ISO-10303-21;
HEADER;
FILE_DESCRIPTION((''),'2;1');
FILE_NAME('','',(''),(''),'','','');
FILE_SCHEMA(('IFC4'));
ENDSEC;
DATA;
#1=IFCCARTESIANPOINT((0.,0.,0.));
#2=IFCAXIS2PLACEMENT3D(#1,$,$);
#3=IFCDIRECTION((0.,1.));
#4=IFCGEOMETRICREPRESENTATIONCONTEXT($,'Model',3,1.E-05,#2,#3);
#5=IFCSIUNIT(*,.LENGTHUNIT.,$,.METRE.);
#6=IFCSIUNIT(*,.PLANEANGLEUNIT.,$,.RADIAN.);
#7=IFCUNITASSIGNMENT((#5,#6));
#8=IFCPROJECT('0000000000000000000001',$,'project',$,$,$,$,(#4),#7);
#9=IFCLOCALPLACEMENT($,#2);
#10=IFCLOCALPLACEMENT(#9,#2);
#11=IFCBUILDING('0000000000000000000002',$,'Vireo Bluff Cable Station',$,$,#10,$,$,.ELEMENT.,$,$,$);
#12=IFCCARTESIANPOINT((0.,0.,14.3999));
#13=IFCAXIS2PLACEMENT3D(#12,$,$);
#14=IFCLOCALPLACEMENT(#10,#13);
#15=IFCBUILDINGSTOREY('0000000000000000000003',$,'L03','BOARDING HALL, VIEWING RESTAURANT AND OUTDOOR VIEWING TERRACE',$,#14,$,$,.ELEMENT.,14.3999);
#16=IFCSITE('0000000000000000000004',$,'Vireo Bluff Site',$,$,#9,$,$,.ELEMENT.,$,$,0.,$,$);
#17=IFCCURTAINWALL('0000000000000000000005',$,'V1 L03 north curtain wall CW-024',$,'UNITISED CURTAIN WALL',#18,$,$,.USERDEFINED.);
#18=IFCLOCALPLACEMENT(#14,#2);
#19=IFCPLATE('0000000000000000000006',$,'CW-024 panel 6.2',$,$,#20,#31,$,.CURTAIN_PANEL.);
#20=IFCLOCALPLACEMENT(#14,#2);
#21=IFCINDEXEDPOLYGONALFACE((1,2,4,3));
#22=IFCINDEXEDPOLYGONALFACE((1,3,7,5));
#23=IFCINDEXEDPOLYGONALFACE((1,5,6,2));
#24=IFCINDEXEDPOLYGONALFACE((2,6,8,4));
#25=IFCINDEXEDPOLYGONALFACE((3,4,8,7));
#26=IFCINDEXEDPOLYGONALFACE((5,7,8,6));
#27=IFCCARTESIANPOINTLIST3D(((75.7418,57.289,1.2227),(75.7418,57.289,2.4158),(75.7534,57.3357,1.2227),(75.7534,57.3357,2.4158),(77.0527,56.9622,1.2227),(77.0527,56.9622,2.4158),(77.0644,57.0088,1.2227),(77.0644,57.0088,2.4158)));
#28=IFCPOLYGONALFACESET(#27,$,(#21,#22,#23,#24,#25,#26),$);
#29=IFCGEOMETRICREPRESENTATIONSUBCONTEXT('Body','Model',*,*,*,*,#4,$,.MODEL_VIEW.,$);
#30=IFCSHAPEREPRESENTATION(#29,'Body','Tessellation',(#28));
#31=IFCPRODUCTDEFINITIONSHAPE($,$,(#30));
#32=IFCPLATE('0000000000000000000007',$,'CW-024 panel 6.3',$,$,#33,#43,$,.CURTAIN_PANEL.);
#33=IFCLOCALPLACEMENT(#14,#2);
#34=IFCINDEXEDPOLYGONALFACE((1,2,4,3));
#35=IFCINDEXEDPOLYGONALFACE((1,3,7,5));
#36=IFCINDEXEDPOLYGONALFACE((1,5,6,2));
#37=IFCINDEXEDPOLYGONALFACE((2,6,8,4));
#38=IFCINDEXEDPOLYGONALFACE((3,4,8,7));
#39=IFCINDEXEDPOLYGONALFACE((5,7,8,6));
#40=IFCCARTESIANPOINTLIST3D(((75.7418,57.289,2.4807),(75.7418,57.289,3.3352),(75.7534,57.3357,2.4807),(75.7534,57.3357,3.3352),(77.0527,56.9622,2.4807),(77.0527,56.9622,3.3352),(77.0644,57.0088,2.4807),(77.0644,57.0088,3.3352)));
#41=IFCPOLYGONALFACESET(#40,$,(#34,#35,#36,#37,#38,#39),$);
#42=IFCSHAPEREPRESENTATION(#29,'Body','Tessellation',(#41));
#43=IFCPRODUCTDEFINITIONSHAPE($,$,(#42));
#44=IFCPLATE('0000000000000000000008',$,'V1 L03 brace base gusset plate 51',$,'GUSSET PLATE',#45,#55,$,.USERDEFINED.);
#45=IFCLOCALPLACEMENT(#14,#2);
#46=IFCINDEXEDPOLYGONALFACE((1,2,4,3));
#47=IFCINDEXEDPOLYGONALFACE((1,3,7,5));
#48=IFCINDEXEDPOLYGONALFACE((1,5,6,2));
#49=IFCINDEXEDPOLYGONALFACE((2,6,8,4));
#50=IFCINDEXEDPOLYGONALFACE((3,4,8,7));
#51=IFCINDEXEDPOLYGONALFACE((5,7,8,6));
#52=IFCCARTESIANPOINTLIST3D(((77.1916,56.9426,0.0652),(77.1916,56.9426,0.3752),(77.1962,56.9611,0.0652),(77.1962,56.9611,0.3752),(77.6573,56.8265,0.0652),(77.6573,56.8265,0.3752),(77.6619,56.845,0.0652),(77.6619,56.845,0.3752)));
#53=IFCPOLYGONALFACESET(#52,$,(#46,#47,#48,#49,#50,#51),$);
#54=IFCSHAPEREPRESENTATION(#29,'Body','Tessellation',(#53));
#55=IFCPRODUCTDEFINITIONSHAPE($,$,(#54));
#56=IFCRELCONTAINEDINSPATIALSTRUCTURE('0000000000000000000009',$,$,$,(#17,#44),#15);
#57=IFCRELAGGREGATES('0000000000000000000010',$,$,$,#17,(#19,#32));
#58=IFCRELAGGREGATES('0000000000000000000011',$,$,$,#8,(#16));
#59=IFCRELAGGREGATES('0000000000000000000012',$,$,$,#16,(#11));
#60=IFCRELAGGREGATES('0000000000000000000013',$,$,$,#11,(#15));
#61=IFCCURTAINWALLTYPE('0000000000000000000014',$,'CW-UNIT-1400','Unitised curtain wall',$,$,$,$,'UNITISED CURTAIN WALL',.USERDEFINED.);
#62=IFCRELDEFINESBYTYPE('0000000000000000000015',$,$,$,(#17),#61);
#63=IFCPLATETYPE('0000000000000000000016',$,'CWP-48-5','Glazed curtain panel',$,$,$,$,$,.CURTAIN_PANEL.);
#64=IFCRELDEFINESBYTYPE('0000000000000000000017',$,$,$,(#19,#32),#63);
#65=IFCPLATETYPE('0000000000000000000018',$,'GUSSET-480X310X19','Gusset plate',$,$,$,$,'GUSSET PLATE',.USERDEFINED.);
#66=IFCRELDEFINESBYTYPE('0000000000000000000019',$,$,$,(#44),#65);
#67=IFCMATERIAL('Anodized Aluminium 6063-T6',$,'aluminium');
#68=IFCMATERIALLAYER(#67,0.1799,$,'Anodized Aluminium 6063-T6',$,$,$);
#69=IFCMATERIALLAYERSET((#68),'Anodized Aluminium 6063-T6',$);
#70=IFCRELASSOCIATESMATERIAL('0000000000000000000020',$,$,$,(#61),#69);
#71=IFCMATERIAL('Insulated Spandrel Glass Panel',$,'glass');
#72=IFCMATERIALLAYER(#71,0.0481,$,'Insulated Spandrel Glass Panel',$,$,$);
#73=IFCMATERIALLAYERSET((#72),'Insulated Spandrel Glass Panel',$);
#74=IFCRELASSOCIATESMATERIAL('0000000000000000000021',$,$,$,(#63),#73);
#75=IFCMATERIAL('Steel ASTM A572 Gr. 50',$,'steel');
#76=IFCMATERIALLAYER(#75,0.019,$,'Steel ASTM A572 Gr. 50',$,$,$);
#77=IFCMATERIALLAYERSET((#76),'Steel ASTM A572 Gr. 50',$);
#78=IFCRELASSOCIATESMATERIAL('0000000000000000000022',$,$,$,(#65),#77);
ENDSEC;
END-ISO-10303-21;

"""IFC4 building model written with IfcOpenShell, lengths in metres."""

from ifc_helpers import new_model, si_unit, direction, frame, origin, origin_2d, place, context, subcontext, project, spatial, rectangle, extrude, material, layer, layer_set, type_object, element, aggregate, save


model = new_model("IFC4")

# Units and contexts
model_context = context("Model", 3, precision=1e-05, world=origin(), true_north=direction((0.0, 1.0)))
body_context = subcontext(model_context, "Body", "Model", "MODEL_VIEW")
ifc_project = project(units=[si_unit("LENGTHUNIT", "METRE"), si_unit("PLANEANGLEUNIT", "RADIAN")], contexts=[model_context])

# Site, building, storey
site_placement = place(None, origin())
site = spatial("IfcSite", under=ifc_project, at=site_placement, Name="Vireo Bluff Site", CompositionType="ELEMENT", RefElevation=0.0)
building_placement = place(site_placement, origin())
building = spatial("IfcBuilding", under=site, at=building_placement, Name="Vireo Bluff Cable Station", CompositionType="ELEMENT")
storey_placement = place(building_placement, frame((0.0, 0.0, 14.3999)))
storey = spatial("IfcBuildingStorey", under=building, at=storey_placement, Name="L03", Description="BOARDING HALL, VIEWING RESTAURANT AND OUTDOOR VIEWING TERRACE", CompositionType="ELEMENT", Elevation=14.3999)

# Curtain wall
ifc_material_1 = material(Name="Anodized Aluminium 6063-T6", Category="aluminium")
ifc_layer_1 = layer(ifc_material_1, 0.1799, Name="Anodized Aluminium 6063-T6")
ifc_layer_set_1 = layer_set([ifc_layer_1], Name="Anodized Aluminium 6063-T6")
curtain_wall_type = type_object("IfcCurtainWallType", Name="CW-UNIT-1400", Description="Unitised curtain wall", ElementType="UNITISED CURTAIN WALL", PredefinedType="USERDEFINED", material=ifc_layer_set_1)
curtain_wall_placement = place(storey_placement, origin())
curtain_wall = element("IfcCurtainWall", 1, at=curtain_wall_placement, inside=storey, type_object=curtain_wall_type, Name="V1 L03 north curtain wall CW-024", ObjectType="UNITISED CURTAIN WALL", PredefinedType="USERDEFINED")

# Plates
ifc_material_2 = material(Name="Insulated Spandrel Glass Panel", Category="glass")
ifc_layer_2 = layer(ifc_material_2, 0.0481, Name="Insulated Spandrel Glass Panel")
ifc_layer_set_2 = layer_set([ifc_layer_2], Name="Insulated Spandrel Glass Panel")
plate_type_1 = type_object("IfcPlateType", Name="CWP-48-5", Description="Glazed curtain panel", PredefinedType="CURTAIN_PANEL", material=ifc_layer_set_2)
plate_1_placement = place(storey_placement, frame((76.4031, 57.1489, 1.2227), z_axis=(0.0, 0.0, 1.0), x_axis=(0.970296, -0.241922, 0.0)))
plate_1 = element("IfcPlate", 2, at=plate_1_placement, type_object=plate_type_1, Name="CW-024 panel 6.2", PredefinedType="CURTAIN_PANEL", context=body_context, shape_type="SweptSolid", body=[
    extrude(rectangle(XDim=1.3511, YDim=0.0481, at=origin_2d()), origin(), (0.0, 0.0, 1.0), 1.1931),
])
plate_2_placement = place(storey_placement, frame((76.4031, 57.1489, 2.4807), z_axis=(0.0, 0.0, 1.0), x_axis=(0.970296, -0.241922, 0.0)))
plate_2 = element("IfcPlate", 3, at=plate_2_placement, type_object=plate_type_1, Name="CW-024 panel 6.3", PredefinedType="CURTAIN_PANEL", context=body_context, shape_type="SweptSolid", body=[
    extrude(rectangle(XDim=1.3511, YDim=0.0481, at=origin_2d()), origin(), (0.0, 0.0, 1.0), 0.8545),
])
aggregate(curtain_wall, [plate_1, plate_2])
ifc_material_3 = material(Name="Steel ASTM A572 Gr. 50", Category="steel")
ifc_layer_3 = layer(ifc_material_3, 0.019, Name="Steel ASTM A572 Gr. 50")
ifc_layer_set_3 = layer_set([ifc_layer_3], Name="Steel ASTM A572 Gr. 50")
plate_type_2 = type_object("IfcPlateType", Name="GUSSET-480X310X19", Description="Gusset plate", ElementType="GUSSET PLATE", PredefinedType="USERDEFINED", material=ifc_layer_set_3)
plate_3_placement = place(storey_placement, frame((77.4268, 56.8938, 0.0652), z_axis=(0.0, 0.0, 1.0), x_axis=(0.970296, -0.241922, 0.0)))
element("IfcPlate", 4, at=plate_3_placement, inside=storey, type_object=plate_type_2, Name="V1 L03 brace base gusset plate 51", ObjectType="GUSSET PLATE", PredefinedType="USERDEFINED", context=body_context, shape_type="SweptSolid", body=[
    extrude(rectangle(XDim=0.48, YDim=0.019, at=origin_2d()), origin(), (0.0, 0.0, 1.0), 0.3101),
])

save(model, "model.ifc")
